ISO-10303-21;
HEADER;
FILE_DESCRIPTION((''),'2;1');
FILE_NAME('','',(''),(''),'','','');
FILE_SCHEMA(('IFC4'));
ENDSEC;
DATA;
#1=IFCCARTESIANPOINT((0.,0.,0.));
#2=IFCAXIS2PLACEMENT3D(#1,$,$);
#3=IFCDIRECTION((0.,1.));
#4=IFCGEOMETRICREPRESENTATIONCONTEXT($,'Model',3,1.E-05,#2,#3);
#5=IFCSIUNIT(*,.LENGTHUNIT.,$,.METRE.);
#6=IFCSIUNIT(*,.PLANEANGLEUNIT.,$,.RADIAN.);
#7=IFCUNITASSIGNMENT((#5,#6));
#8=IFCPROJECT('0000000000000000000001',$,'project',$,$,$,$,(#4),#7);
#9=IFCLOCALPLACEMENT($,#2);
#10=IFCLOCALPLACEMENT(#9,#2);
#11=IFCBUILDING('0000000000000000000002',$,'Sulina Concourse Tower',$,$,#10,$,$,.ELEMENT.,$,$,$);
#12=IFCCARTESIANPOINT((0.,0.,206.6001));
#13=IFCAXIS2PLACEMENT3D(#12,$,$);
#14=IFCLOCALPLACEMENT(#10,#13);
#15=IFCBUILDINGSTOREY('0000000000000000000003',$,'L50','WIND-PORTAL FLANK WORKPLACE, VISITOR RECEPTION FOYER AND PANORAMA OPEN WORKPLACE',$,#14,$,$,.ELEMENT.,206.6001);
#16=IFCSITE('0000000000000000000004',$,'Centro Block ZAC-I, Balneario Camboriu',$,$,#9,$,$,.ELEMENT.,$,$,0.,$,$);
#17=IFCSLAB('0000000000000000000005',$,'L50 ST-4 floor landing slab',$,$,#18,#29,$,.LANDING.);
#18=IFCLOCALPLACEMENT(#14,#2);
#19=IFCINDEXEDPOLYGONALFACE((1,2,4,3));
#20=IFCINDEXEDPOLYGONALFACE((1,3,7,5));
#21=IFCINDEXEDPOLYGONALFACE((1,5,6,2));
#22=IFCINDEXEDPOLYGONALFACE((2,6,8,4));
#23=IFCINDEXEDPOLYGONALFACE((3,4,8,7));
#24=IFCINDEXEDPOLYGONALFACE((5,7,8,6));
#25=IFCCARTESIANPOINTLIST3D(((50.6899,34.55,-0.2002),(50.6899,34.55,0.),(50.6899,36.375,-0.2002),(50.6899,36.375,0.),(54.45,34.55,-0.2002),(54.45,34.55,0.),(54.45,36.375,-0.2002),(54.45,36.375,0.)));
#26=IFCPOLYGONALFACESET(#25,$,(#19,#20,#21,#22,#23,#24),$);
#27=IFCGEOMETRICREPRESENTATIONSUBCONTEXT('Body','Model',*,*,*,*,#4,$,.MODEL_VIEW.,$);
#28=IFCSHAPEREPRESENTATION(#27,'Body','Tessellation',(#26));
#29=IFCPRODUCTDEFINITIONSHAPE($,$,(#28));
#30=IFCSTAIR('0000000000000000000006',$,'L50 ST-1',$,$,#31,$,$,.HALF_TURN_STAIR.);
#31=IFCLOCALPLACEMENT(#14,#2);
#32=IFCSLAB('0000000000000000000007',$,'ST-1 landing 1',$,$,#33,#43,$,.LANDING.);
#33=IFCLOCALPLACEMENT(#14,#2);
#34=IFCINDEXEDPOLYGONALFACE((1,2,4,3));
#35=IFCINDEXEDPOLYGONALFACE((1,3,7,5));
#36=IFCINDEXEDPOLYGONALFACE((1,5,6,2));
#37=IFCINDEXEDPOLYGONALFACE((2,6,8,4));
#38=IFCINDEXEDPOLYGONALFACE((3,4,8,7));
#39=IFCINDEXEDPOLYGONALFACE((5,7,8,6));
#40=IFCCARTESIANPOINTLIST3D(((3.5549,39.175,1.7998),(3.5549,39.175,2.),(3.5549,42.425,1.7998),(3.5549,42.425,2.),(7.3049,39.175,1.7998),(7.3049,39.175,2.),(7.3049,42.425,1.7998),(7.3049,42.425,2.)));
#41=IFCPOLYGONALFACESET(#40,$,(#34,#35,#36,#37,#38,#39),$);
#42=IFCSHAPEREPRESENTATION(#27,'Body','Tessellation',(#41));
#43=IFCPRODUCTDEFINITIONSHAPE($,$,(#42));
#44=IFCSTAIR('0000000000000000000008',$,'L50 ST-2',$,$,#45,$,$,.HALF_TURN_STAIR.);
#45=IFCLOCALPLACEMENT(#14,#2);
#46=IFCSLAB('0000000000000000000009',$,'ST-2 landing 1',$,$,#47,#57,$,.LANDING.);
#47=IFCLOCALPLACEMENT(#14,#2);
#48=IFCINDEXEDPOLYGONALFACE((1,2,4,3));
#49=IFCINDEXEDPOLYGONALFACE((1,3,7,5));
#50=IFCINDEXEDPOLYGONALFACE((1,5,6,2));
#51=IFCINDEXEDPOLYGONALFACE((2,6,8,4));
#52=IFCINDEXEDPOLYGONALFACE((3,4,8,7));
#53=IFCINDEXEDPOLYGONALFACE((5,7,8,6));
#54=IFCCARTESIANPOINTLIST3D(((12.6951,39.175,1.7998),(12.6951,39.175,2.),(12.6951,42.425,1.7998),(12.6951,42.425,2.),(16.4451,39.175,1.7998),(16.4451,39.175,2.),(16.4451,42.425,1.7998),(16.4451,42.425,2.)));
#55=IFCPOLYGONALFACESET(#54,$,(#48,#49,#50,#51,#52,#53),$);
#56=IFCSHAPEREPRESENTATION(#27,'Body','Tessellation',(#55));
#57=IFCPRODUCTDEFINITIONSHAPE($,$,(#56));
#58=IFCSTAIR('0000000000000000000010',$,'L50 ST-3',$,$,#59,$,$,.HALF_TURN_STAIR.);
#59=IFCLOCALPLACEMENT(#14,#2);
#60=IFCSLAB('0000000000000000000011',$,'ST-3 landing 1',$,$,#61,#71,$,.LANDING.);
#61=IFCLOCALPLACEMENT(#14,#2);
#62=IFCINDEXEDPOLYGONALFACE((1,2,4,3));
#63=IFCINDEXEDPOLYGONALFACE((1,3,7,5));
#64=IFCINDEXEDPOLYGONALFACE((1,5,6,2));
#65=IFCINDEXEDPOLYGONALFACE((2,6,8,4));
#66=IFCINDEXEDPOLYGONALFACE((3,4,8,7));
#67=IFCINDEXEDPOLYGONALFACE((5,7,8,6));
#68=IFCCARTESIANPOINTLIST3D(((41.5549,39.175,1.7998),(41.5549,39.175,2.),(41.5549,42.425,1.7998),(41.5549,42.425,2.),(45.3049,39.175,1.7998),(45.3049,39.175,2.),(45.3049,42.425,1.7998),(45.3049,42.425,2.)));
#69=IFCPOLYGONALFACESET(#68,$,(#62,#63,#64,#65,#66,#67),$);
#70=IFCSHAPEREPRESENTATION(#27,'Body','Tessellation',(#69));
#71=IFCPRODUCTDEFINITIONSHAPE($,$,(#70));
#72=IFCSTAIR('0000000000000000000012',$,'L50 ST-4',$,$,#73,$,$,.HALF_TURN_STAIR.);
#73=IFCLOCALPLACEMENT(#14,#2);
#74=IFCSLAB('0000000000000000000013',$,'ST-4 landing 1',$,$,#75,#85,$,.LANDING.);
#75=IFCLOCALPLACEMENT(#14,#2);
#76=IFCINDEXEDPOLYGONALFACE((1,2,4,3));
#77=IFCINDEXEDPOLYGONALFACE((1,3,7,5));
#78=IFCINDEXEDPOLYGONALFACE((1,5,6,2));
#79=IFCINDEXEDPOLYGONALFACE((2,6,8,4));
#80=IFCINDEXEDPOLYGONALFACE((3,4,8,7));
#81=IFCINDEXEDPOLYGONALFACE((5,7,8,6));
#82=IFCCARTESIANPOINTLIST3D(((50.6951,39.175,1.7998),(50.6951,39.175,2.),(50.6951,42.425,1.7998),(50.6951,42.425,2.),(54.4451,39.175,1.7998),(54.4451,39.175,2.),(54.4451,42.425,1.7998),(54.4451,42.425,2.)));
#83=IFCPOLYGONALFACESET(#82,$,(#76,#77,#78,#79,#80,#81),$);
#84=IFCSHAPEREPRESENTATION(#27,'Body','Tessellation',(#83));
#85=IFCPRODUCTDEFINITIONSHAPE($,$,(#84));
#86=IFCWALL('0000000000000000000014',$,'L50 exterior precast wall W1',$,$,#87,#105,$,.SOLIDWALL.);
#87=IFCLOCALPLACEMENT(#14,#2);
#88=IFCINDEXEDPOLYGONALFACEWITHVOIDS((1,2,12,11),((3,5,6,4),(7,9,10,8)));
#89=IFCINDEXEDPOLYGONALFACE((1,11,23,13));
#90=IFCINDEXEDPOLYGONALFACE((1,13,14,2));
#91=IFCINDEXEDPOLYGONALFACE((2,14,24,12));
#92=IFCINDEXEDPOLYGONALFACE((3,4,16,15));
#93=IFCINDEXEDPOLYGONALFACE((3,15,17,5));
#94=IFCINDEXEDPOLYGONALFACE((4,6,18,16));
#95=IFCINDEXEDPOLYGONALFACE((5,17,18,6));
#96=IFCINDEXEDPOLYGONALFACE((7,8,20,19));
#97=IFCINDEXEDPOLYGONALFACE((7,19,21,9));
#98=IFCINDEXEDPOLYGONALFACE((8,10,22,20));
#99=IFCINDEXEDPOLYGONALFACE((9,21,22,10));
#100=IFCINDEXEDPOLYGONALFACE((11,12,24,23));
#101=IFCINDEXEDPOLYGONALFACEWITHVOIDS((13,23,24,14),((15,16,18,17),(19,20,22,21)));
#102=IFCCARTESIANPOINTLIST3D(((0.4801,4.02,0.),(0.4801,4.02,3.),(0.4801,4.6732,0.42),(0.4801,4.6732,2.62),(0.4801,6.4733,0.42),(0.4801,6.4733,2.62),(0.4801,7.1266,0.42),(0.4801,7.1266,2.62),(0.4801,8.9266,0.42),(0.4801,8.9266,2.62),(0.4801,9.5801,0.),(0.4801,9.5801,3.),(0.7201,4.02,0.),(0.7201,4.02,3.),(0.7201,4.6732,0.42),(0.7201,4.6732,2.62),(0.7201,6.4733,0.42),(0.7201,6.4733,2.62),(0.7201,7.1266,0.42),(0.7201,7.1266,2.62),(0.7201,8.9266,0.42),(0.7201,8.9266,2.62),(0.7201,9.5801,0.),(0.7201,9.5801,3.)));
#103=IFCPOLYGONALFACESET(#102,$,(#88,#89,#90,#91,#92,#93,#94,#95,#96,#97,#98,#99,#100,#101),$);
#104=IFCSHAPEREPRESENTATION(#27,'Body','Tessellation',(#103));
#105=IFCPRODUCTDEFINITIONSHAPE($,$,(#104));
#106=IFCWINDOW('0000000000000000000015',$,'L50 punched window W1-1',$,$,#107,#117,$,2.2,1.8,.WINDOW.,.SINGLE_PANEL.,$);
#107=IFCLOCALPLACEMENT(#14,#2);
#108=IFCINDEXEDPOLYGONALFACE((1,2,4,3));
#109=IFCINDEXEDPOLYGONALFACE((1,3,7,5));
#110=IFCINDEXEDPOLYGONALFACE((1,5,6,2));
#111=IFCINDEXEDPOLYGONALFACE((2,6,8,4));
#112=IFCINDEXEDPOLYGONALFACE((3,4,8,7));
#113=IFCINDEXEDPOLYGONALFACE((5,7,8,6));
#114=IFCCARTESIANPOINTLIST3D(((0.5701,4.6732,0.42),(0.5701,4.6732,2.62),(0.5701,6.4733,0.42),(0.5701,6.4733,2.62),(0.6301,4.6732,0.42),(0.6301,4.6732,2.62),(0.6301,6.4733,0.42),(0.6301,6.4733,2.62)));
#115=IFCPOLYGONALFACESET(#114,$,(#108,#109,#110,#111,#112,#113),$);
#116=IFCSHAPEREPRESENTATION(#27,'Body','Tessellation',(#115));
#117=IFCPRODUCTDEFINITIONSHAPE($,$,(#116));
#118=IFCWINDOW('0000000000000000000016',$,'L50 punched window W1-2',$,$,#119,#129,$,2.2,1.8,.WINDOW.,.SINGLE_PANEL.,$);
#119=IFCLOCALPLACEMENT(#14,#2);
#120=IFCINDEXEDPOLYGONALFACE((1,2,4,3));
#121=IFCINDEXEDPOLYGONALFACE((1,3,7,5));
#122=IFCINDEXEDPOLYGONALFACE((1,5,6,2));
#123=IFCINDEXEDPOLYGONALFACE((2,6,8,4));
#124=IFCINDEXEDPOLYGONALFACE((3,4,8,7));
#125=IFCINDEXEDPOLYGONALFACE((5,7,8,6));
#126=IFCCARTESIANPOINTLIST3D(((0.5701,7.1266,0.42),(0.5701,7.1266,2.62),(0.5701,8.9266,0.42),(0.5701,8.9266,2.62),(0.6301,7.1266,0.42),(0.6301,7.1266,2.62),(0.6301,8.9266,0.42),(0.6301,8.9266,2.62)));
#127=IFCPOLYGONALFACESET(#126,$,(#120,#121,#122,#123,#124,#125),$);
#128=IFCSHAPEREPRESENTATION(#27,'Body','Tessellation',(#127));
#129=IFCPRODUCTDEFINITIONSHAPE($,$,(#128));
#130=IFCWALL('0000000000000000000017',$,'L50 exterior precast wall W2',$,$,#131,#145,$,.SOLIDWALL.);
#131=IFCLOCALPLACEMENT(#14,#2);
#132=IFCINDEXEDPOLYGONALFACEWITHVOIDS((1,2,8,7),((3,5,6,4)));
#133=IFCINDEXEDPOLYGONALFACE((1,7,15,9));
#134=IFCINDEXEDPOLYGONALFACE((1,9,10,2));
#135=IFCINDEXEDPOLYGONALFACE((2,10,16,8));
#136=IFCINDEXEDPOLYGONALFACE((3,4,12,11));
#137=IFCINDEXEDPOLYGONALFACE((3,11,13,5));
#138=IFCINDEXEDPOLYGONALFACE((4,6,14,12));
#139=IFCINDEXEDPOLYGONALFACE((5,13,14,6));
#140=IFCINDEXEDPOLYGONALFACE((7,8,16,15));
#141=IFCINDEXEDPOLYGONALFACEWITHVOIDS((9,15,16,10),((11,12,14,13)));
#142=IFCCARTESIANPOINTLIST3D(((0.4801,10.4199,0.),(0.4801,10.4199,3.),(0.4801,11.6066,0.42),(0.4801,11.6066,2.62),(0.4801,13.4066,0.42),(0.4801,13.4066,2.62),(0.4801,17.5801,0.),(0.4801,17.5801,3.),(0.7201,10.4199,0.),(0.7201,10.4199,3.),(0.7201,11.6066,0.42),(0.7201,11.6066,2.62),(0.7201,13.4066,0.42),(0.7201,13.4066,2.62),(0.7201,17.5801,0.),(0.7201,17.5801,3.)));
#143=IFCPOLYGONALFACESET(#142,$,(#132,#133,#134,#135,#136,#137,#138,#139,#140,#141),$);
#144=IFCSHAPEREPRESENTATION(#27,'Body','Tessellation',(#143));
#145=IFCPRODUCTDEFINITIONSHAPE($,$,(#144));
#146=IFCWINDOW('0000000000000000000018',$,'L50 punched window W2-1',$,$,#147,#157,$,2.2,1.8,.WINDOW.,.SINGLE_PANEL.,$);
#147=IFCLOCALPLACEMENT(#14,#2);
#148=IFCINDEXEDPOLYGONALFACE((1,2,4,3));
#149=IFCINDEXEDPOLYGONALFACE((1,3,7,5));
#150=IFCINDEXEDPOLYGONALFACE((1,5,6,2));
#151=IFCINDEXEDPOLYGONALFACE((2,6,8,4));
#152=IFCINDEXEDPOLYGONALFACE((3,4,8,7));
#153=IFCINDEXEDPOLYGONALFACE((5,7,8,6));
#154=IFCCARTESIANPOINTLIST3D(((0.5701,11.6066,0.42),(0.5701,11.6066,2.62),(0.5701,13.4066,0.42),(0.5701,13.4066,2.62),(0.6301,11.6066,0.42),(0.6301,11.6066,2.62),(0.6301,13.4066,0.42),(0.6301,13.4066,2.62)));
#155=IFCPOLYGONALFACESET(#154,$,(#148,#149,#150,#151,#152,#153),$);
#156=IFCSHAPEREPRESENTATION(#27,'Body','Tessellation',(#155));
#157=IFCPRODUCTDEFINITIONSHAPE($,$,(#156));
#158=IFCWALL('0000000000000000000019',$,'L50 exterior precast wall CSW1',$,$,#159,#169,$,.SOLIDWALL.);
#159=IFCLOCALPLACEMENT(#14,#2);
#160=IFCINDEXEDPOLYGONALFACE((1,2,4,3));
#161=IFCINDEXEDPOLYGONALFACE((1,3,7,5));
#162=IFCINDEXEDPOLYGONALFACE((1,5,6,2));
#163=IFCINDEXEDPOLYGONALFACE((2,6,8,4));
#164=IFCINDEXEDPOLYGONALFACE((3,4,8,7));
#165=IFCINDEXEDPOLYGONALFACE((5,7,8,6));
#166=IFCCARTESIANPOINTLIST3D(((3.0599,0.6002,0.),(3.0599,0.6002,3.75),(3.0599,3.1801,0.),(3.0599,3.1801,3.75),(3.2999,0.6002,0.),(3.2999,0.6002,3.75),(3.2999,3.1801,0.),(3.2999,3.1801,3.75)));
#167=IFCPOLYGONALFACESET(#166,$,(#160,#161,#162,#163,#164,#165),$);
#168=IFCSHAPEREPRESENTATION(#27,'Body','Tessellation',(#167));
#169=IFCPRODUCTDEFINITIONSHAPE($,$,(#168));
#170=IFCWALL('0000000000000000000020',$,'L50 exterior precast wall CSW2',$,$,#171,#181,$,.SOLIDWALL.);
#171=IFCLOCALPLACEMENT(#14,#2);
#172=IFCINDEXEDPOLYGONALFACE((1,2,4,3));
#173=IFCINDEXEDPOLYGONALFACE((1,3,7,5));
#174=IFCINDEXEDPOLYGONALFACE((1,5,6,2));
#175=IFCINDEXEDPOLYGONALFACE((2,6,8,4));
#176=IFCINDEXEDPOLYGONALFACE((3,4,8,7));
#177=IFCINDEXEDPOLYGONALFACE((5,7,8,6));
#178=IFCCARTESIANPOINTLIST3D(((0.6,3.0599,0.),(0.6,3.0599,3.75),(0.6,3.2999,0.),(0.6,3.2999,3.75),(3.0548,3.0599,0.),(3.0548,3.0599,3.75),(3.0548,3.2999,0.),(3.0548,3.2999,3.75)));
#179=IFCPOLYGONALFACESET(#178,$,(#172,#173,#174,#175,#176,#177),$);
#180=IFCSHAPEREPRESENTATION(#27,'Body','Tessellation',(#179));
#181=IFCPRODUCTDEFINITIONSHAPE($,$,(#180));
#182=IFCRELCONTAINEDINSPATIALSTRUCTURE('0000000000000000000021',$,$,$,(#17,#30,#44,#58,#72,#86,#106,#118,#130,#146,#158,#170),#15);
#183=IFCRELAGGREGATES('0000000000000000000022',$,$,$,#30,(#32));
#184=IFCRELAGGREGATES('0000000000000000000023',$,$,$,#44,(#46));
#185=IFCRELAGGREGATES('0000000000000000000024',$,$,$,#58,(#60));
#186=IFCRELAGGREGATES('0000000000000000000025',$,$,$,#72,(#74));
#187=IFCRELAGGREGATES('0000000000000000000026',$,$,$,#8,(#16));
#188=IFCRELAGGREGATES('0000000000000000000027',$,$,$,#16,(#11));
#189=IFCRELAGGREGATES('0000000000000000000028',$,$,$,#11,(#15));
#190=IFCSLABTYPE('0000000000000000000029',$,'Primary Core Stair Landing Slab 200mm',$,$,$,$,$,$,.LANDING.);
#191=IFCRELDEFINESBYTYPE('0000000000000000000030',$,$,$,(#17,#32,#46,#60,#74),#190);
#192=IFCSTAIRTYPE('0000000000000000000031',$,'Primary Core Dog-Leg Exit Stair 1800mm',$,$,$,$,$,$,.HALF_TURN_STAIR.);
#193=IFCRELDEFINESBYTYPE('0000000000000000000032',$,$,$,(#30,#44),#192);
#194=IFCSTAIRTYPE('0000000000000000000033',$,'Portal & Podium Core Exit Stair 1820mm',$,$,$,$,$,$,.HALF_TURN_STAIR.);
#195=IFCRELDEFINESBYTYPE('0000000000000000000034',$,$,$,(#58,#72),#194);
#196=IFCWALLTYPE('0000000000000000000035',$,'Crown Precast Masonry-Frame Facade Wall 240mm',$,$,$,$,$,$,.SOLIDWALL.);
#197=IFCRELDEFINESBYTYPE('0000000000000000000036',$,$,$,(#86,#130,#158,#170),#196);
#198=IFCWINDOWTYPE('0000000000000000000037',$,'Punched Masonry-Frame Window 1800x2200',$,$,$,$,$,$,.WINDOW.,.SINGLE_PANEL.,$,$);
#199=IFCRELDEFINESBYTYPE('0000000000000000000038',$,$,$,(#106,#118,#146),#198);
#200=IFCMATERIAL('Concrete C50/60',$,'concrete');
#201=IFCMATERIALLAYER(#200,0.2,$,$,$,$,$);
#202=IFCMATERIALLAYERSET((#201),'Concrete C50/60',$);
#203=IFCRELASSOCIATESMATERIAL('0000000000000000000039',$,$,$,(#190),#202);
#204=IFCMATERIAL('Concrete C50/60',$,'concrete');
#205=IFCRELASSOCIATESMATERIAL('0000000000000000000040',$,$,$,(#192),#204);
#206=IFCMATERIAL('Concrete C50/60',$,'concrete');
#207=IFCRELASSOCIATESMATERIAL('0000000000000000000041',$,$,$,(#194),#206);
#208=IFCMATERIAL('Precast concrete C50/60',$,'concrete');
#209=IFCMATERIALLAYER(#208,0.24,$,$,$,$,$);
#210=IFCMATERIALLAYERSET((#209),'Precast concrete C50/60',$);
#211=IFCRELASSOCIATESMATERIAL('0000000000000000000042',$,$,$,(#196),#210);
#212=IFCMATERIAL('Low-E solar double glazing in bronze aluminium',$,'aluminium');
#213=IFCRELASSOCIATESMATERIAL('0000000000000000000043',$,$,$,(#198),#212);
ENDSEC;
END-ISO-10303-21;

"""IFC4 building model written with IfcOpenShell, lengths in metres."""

from ifc_helpers import new_model, si_unit, direction, frame, frame_2d, origin, place, context, subcontext, project, spatial, polyline, rectangle, outline, extrude, material, layer, layer_set, type_object, element, fill, aggregate, save


model = new_model("IFC4")

# Units and contexts
model_context = context("Model", 3, precision=1e-05, world=origin(), true_north=direction((0.0, 1.0)))
body_context = subcontext(model_context, "Body", "Model", "MODEL_VIEW")
ifc_project = project(units=[si_unit("LENGTHUNIT", "METRE"), si_unit("PLANEANGLEUNIT", "RADIAN")], contexts=[model_context])

# Site, building, storey
site_placement = place(None, origin())
site = spatial("IfcSite", under=ifc_project, at=site_placement, Name="Centro Block ZAC-I, Balneario Camboriu", CompositionType="ELEMENT", RefElevation=0.0)
building_placement = place(site_placement, origin())
building = spatial("IfcBuilding", under=site, at=building_placement, Name="Sulina Concourse Tower", CompositionType="ELEMENT")
storey_placement = place(building_placement, frame((0.0, 0.0, 206.6001)))
storey = spatial("IfcBuildingStorey", under=building, at=storey_placement, Name="L50", Description="WIND-PORTAL FLANK WORKPLACE, VISITOR RECEPTION FOYER AND PANORAMA OPEN WORKPLACE", CompositionType="ELEMENT", Elevation=206.6001)

# Slab
ifc_material_1 = material(Name="Concrete C50/60", Category="concrete")
ifc_layer_1 = layer(ifc_material_1, 0.2)
ifc_layer_set_1 = layer_set([ifc_layer_1], Name="Concrete C50/60")
slab_type_1 = type_object("IfcSlabType", Name="Primary Core Stair Landing Slab 200mm", PredefinedType="LANDING", material=ifc_layer_set_1)
slab_1_placement = place(storey_placement, frame((0.0, 0.0, -0.2002)))
element("IfcSlab", 1, at=slab_1_placement, inside=storey, type_object=slab_type_1, Name="L50 ST-4 floor landing slab", PredefinedType="LANDING", context=body_context, shape_type="SweptSolid", body=[
    extrude(outline(polyline([(54.45, 34.55), (54.45, 36.375), (50.6899, 36.375), (50.6899, 34.55), (54.45, 34.55)])), origin(), (0.0, 0.0, 1.0), 0.2002),
])

# Stairs, slabs
ifc_material_2 = material(Name="Concrete C50/60", Category="concrete")
stair_type_1 = type_object("IfcStairType", Name="Primary Core Dog-Leg Exit Stair 1800mm", PredefinedType="HALF_TURN_STAIR", material=ifc_material_2)
stair_1_placement = place(storey_placement, origin())
stair_1 = element("IfcStair", 2, at=stair_1_placement, inside=storey, type_object=stair_type_1, Name="L50 ST-1", PredefinedType="HALF_TURN_STAIR")
slab_2_placement = place(storey_placement, frame((0.0, 0.0, 1.7998)))
slab_2 = element("IfcSlab", 3, at=slab_2_placement, type_object=slab_type_1, Name="ST-1 landing 1", PredefinedType="LANDING", context=body_context, shape_type="SweptSolid", body=[
    extrude(outline(polyline([(7.3049, 39.175), (7.3049, 42.425), (3.5549, 42.425), (3.5549, 39.175), (7.3049, 39.175)])), origin(), (0.0, 0.0, 1.0), 0.2002),
])
aggregate(stair_1, [slab_2])
stair_2_placement = place(storey_placement, origin())
stair_2 = element("IfcStair", 4, at=stair_2_placement, inside=storey, type_object=stair_type_1, Name="L50 ST-2", PredefinedType="HALF_TURN_STAIR")
slab_3_placement = place(storey_placement, frame((0.0, 0.0, 1.7998)))
slab_3 = element("IfcSlab", 5, at=slab_3_placement, type_object=slab_type_1, Name="ST-2 landing 1", PredefinedType="LANDING", context=body_context, shape_type="SweptSolid", body=[
    extrude(outline(polyline([(16.4451, 39.175), (16.4451, 42.425), (12.6951, 42.425), (12.6951, 39.175), (16.4451, 39.175)])), origin(), (0.0, 0.0, 1.0), 0.2002),
])
aggregate(stair_2, [slab_3])
ifc_material_3 = material(Name="Concrete C50/60", Category="concrete")
stair_type_2 = type_object("IfcStairType", Name="Portal & Podium Core Exit Stair 1820mm", PredefinedType="HALF_TURN_STAIR", material=ifc_material_3)
stair_3_placement = place(storey_placement, origin())
stair_3 = element("IfcStair", 6, at=stair_3_placement, inside=storey, type_object=stair_type_2, Name="L50 ST-3", PredefinedType="HALF_TURN_STAIR")
slab_4_placement = place(storey_placement, frame((0.0, 0.0, 1.7998)))
slab_4 = element("IfcSlab", 7, at=slab_4_placement, type_object=slab_type_1, Name="ST-3 landing 1", PredefinedType="LANDING", context=body_context, shape_type="SweptSolid", body=[
    extrude(outline(polyline([(45.3049, 39.175), (45.3049, 42.425), (41.5549, 42.425), (41.5549, 39.175), (45.3049, 39.175)])), origin(), (0.0, 0.0, 1.0), 0.2002),
])
aggregate(stair_3, [slab_4])
stair_4_placement = place(storey_placement, origin())
stair_4 = element("IfcStair", 8, at=stair_4_placement, inside=storey, type_object=stair_type_2, Name="L50 ST-4", PredefinedType="HALF_TURN_STAIR")
slab_5_placement = place(storey_placement, frame((0.0, 0.0, 1.7998)))
slab_5 = element("IfcSlab", 9, at=slab_5_placement, type_object=slab_type_1, Name="ST-4 landing 1", PredefinedType="LANDING", context=body_context, shape_type="SweptSolid", body=[
    extrude(outline(polyline([(54.4451, 39.175), (54.4451, 42.425), (50.6951, 42.425), (50.6951, 39.175), (54.4451, 39.175)])), origin(), (0.0, 0.0, 1.0), 0.2002),
])
aggregate(stair_4, [slab_5])

# Wall, openings, windows
ifc_material_4 = material(Name="Precast concrete C50/60", Category="concrete")
ifc_layer_2 = layer(ifc_material_4, 0.24)
ifc_layer_set_2 = layer_set([ifc_layer_2], Name="Precast concrete C50/60")
wall_type = type_object("IfcWallType", Name="Crown Precast Masonry-Frame Facade Wall 240mm", PredefinedType="SOLIDWALL", material=ifc_layer_set_2)
wall_1_placement = place(storey_placement, frame((0.6001, 4.02, 0.0), z_axis=(0.0, 0.0, 1.0), x_axis=(0.0, 1.0, 0.0)))
wall_1 = element("IfcWall", 10, at=wall_1_placement, inside=storey, type_object=wall_type, Name="L50 exterior precast wall W1", PredefinedType="SOLIDWALL", context=body_context, shape_type="SweptSolid", body=[
    extrude(rectangle(XDim=5.5601, YDim=0.24, at=frame_2d((2.78, 0.0))), origin(), (0.0, 0.0, 1.0), 3.0),
])
opening_1_placement = place(wall_1_placement, frame((0.6533, 0.0, 0.4199)))
opening_1 = element("IfcOpeningElement", 11, at=opening_1_placement, cuts=wall_1, PredefinedType="OPENING", context=body_context, shape_type="SweptSolid", body=[
    extrude(rectangle(XDim=1.8, YDim=2.2, at=frame_2d((0.8999, 1.1001))), frame((0.0, 0.1299, 0.0), z_axis=(0.0, -1.0, 0.0), x_axis=(1.0, 0.0, 0.0)), (0.0, 0.0, 1.0), 0.26),
])
opening_2_placement = place(wall_1_placement, frame((3.1067, 0.0, 0.4199)))
opening_2 = element("IfcOpeningElement", 12, at=opening_2_placement, cuts=wall_1, PredefinedType="OPENING", context=body_context, shape_type="SweptSolid", body=[
    extrude(rectangle(XDim=1.8, YDim=2.2, at=frame_2d((0.8999, 1.1001))), frame((0.0, 0.1299, 0.0), z_axis=(0.0, -1.0, 0.0), x_axis=(1.0, 0.0, 0.0)), (0.0, 0.0, 1.0), 0.26),
])
ifc_material_5 = material(Name="Low-E solar double glazing in bronze aluminium", Category="aluminium")
window_type = type_object("IfcWindowType", Name="Punched Masonry-Frame Window 1800x2200", PartitioningType="SINGLE_PANEL", PredefinedType="WINDOW", material=ifc_material_5)
window_1_placement = place(opening_1_placement, origin())
window_1 = element("IfcWindow", 13, at=window_1_placement, inside=storey, type_object=window_type, Name="L50 punched window W1-1", OverallHeight=2.2, OverallWidth=1.8, PartitioningType="SINGLE_PANEL", PredefinedType="WINDOW", context=body_context, shape_type="SweptSolid", body=[
    extrude(rectangle(XDim=1.8, YDim=2.2, at=frame_2d((0.8999, 1.1001))), frame((0.0, 0.03, 0.0), z_axis=(0.0, -1.0, 0.0), x_axis=(1.0, 0.0, 0.0)), (0.0, 0.0, 1.0), 0.0601),
])
fill(opening_1, window_1)
window_2_placement = place(opening_2_placement, origin())
window_2 = element("IfcWindow", 14, at=window_2_placement, inside=storey, type_object=window_type, Name="L50 punched window W1-2", OverallHeight=2.2, OverallWidth=1.8, PartitioningType="SINGLE_PANEL", PredefinedType="WINDOW", context=body_context, shape_type="SweptSolid", body=[
    extrude(rectangle(XDim=1.8, YDim=2.2, at=frame_2d((0.8999, 1.1001))), frame((0.0, 0.03, 0.0), z_axis=(0.0, -1.0, 0.0), x_axis=(1.0, 0.0, 0.0)), (0.0, 0.0, 1.0), 0.0601),
])
fill(opening_2, window_2)

# Wall, opening, window
wall_2_placement = place(storey_placement, frame((0.6001, 10.4199, 0.0), z_axis=(0.0, 0.0, 1.0), x_axis=(0.0, 1.0, 0.0)))
wall_2 = element("IfcWall", 15, at=wall_2_placement, inside=storey, type_object=wall_type, Name="L50 exterior precast wall W2", PredefinedType="SOLIDWALL", context=body_context, shape_type="SweptSolid", body=[
    extrude(rectangle(XDim=7.1602, YDim=0.24, at=frame_2d((3.5801, 0.0))), origin(), (0.0, 0.0, 1.0), 3.0),
])
opening_3_placement = place(wall_2_placement, frame((1.1868, 0.0, 0.4199)))
opening_3 = element("IfcOpeningElement", 16, at=opening_3_placement, cuts=wall_2, PredefinedType="OPENING", context=body_context, shape_type="SweptSolid", body=[
    extrude(rectangle(XDim=1.8, YDim=2.2, at=frame_2d((0.8999, 1.1001))), frame((0.0, 0.1299, 0.0), z_axis=(0.0, -1.0, 0.0), x_axis=(1.0, 0.0, 0.0)), (0.0, 0.0, 1.0), 0.26),
])
window_3_placement = place(opening_3_placement, origin())
window_3 = element("IfcWindow", 17, at=window_3_placement, inside=storey, type_object=window_type, Name="L50 punched window W2-1", OverallHeight=2.2, OverallWidth=1.8, PartitioningType="SINGLE_PANEL", PredefinedType="WINDOW", context=body_context, shape_type="SweptSolid", body=[
    extrude(rectangle(XDim=1.8, YDim=2.2, at=frame_2d((0.8999, 1.1001))), frame((0.0, 0.03, 0.0), z_axis=(0.0, -1.0, 0.0), x_axis=(1.0, 0.0, 0.0)), (0.0, 0.0, 1.0), 0.0601),
])
fill(opening_3, window_3)

# Walls
wall_3_placement = place(storey_placement, frame((3.1799, 0.6001, 0.0), z_axis=(0.0, 0.0, 1.0), x_axis=(0.0, 1.0, 0.0)))
element("IfcWall", 18, at=wall_3_placement, inside=storey, type_object=wall_type, Name="L50 exterior precast wall CSW1", PredefinedType="SOLIDWALL", context=body_context, shape_type="SweptSolid", body=[
    extrude(rectangle(XDim=2.5798, YDim=0.24, at=frame_2d((1.29, 0.0))), origin(), (0.0, 0.0, 1.0), 3.75),
])
wall_4_placement = place(storey_placement, frame((3.0549, 3.1799, 0.0), z_axis=(0.0, 0.0, 1.0), x_axis=(-1.0, 0.0, 0.0)))
element("IfcWall", 19, at=wall_4_placement, inside=storey, type_object=wall_type, Name="L50 exterior precast wall CSW2", PredefinedType="SOLIDWALL", context=body_context, shape_type="SweptSolid", body=[
    extrude(rectangle(XDim=2.4548, YDim=0.24, at=frame_2d((1.2275, 0.0))), origin(), (0.0, 0.0, 1.0), 3.75),
])

save(model, "model.ifc")
